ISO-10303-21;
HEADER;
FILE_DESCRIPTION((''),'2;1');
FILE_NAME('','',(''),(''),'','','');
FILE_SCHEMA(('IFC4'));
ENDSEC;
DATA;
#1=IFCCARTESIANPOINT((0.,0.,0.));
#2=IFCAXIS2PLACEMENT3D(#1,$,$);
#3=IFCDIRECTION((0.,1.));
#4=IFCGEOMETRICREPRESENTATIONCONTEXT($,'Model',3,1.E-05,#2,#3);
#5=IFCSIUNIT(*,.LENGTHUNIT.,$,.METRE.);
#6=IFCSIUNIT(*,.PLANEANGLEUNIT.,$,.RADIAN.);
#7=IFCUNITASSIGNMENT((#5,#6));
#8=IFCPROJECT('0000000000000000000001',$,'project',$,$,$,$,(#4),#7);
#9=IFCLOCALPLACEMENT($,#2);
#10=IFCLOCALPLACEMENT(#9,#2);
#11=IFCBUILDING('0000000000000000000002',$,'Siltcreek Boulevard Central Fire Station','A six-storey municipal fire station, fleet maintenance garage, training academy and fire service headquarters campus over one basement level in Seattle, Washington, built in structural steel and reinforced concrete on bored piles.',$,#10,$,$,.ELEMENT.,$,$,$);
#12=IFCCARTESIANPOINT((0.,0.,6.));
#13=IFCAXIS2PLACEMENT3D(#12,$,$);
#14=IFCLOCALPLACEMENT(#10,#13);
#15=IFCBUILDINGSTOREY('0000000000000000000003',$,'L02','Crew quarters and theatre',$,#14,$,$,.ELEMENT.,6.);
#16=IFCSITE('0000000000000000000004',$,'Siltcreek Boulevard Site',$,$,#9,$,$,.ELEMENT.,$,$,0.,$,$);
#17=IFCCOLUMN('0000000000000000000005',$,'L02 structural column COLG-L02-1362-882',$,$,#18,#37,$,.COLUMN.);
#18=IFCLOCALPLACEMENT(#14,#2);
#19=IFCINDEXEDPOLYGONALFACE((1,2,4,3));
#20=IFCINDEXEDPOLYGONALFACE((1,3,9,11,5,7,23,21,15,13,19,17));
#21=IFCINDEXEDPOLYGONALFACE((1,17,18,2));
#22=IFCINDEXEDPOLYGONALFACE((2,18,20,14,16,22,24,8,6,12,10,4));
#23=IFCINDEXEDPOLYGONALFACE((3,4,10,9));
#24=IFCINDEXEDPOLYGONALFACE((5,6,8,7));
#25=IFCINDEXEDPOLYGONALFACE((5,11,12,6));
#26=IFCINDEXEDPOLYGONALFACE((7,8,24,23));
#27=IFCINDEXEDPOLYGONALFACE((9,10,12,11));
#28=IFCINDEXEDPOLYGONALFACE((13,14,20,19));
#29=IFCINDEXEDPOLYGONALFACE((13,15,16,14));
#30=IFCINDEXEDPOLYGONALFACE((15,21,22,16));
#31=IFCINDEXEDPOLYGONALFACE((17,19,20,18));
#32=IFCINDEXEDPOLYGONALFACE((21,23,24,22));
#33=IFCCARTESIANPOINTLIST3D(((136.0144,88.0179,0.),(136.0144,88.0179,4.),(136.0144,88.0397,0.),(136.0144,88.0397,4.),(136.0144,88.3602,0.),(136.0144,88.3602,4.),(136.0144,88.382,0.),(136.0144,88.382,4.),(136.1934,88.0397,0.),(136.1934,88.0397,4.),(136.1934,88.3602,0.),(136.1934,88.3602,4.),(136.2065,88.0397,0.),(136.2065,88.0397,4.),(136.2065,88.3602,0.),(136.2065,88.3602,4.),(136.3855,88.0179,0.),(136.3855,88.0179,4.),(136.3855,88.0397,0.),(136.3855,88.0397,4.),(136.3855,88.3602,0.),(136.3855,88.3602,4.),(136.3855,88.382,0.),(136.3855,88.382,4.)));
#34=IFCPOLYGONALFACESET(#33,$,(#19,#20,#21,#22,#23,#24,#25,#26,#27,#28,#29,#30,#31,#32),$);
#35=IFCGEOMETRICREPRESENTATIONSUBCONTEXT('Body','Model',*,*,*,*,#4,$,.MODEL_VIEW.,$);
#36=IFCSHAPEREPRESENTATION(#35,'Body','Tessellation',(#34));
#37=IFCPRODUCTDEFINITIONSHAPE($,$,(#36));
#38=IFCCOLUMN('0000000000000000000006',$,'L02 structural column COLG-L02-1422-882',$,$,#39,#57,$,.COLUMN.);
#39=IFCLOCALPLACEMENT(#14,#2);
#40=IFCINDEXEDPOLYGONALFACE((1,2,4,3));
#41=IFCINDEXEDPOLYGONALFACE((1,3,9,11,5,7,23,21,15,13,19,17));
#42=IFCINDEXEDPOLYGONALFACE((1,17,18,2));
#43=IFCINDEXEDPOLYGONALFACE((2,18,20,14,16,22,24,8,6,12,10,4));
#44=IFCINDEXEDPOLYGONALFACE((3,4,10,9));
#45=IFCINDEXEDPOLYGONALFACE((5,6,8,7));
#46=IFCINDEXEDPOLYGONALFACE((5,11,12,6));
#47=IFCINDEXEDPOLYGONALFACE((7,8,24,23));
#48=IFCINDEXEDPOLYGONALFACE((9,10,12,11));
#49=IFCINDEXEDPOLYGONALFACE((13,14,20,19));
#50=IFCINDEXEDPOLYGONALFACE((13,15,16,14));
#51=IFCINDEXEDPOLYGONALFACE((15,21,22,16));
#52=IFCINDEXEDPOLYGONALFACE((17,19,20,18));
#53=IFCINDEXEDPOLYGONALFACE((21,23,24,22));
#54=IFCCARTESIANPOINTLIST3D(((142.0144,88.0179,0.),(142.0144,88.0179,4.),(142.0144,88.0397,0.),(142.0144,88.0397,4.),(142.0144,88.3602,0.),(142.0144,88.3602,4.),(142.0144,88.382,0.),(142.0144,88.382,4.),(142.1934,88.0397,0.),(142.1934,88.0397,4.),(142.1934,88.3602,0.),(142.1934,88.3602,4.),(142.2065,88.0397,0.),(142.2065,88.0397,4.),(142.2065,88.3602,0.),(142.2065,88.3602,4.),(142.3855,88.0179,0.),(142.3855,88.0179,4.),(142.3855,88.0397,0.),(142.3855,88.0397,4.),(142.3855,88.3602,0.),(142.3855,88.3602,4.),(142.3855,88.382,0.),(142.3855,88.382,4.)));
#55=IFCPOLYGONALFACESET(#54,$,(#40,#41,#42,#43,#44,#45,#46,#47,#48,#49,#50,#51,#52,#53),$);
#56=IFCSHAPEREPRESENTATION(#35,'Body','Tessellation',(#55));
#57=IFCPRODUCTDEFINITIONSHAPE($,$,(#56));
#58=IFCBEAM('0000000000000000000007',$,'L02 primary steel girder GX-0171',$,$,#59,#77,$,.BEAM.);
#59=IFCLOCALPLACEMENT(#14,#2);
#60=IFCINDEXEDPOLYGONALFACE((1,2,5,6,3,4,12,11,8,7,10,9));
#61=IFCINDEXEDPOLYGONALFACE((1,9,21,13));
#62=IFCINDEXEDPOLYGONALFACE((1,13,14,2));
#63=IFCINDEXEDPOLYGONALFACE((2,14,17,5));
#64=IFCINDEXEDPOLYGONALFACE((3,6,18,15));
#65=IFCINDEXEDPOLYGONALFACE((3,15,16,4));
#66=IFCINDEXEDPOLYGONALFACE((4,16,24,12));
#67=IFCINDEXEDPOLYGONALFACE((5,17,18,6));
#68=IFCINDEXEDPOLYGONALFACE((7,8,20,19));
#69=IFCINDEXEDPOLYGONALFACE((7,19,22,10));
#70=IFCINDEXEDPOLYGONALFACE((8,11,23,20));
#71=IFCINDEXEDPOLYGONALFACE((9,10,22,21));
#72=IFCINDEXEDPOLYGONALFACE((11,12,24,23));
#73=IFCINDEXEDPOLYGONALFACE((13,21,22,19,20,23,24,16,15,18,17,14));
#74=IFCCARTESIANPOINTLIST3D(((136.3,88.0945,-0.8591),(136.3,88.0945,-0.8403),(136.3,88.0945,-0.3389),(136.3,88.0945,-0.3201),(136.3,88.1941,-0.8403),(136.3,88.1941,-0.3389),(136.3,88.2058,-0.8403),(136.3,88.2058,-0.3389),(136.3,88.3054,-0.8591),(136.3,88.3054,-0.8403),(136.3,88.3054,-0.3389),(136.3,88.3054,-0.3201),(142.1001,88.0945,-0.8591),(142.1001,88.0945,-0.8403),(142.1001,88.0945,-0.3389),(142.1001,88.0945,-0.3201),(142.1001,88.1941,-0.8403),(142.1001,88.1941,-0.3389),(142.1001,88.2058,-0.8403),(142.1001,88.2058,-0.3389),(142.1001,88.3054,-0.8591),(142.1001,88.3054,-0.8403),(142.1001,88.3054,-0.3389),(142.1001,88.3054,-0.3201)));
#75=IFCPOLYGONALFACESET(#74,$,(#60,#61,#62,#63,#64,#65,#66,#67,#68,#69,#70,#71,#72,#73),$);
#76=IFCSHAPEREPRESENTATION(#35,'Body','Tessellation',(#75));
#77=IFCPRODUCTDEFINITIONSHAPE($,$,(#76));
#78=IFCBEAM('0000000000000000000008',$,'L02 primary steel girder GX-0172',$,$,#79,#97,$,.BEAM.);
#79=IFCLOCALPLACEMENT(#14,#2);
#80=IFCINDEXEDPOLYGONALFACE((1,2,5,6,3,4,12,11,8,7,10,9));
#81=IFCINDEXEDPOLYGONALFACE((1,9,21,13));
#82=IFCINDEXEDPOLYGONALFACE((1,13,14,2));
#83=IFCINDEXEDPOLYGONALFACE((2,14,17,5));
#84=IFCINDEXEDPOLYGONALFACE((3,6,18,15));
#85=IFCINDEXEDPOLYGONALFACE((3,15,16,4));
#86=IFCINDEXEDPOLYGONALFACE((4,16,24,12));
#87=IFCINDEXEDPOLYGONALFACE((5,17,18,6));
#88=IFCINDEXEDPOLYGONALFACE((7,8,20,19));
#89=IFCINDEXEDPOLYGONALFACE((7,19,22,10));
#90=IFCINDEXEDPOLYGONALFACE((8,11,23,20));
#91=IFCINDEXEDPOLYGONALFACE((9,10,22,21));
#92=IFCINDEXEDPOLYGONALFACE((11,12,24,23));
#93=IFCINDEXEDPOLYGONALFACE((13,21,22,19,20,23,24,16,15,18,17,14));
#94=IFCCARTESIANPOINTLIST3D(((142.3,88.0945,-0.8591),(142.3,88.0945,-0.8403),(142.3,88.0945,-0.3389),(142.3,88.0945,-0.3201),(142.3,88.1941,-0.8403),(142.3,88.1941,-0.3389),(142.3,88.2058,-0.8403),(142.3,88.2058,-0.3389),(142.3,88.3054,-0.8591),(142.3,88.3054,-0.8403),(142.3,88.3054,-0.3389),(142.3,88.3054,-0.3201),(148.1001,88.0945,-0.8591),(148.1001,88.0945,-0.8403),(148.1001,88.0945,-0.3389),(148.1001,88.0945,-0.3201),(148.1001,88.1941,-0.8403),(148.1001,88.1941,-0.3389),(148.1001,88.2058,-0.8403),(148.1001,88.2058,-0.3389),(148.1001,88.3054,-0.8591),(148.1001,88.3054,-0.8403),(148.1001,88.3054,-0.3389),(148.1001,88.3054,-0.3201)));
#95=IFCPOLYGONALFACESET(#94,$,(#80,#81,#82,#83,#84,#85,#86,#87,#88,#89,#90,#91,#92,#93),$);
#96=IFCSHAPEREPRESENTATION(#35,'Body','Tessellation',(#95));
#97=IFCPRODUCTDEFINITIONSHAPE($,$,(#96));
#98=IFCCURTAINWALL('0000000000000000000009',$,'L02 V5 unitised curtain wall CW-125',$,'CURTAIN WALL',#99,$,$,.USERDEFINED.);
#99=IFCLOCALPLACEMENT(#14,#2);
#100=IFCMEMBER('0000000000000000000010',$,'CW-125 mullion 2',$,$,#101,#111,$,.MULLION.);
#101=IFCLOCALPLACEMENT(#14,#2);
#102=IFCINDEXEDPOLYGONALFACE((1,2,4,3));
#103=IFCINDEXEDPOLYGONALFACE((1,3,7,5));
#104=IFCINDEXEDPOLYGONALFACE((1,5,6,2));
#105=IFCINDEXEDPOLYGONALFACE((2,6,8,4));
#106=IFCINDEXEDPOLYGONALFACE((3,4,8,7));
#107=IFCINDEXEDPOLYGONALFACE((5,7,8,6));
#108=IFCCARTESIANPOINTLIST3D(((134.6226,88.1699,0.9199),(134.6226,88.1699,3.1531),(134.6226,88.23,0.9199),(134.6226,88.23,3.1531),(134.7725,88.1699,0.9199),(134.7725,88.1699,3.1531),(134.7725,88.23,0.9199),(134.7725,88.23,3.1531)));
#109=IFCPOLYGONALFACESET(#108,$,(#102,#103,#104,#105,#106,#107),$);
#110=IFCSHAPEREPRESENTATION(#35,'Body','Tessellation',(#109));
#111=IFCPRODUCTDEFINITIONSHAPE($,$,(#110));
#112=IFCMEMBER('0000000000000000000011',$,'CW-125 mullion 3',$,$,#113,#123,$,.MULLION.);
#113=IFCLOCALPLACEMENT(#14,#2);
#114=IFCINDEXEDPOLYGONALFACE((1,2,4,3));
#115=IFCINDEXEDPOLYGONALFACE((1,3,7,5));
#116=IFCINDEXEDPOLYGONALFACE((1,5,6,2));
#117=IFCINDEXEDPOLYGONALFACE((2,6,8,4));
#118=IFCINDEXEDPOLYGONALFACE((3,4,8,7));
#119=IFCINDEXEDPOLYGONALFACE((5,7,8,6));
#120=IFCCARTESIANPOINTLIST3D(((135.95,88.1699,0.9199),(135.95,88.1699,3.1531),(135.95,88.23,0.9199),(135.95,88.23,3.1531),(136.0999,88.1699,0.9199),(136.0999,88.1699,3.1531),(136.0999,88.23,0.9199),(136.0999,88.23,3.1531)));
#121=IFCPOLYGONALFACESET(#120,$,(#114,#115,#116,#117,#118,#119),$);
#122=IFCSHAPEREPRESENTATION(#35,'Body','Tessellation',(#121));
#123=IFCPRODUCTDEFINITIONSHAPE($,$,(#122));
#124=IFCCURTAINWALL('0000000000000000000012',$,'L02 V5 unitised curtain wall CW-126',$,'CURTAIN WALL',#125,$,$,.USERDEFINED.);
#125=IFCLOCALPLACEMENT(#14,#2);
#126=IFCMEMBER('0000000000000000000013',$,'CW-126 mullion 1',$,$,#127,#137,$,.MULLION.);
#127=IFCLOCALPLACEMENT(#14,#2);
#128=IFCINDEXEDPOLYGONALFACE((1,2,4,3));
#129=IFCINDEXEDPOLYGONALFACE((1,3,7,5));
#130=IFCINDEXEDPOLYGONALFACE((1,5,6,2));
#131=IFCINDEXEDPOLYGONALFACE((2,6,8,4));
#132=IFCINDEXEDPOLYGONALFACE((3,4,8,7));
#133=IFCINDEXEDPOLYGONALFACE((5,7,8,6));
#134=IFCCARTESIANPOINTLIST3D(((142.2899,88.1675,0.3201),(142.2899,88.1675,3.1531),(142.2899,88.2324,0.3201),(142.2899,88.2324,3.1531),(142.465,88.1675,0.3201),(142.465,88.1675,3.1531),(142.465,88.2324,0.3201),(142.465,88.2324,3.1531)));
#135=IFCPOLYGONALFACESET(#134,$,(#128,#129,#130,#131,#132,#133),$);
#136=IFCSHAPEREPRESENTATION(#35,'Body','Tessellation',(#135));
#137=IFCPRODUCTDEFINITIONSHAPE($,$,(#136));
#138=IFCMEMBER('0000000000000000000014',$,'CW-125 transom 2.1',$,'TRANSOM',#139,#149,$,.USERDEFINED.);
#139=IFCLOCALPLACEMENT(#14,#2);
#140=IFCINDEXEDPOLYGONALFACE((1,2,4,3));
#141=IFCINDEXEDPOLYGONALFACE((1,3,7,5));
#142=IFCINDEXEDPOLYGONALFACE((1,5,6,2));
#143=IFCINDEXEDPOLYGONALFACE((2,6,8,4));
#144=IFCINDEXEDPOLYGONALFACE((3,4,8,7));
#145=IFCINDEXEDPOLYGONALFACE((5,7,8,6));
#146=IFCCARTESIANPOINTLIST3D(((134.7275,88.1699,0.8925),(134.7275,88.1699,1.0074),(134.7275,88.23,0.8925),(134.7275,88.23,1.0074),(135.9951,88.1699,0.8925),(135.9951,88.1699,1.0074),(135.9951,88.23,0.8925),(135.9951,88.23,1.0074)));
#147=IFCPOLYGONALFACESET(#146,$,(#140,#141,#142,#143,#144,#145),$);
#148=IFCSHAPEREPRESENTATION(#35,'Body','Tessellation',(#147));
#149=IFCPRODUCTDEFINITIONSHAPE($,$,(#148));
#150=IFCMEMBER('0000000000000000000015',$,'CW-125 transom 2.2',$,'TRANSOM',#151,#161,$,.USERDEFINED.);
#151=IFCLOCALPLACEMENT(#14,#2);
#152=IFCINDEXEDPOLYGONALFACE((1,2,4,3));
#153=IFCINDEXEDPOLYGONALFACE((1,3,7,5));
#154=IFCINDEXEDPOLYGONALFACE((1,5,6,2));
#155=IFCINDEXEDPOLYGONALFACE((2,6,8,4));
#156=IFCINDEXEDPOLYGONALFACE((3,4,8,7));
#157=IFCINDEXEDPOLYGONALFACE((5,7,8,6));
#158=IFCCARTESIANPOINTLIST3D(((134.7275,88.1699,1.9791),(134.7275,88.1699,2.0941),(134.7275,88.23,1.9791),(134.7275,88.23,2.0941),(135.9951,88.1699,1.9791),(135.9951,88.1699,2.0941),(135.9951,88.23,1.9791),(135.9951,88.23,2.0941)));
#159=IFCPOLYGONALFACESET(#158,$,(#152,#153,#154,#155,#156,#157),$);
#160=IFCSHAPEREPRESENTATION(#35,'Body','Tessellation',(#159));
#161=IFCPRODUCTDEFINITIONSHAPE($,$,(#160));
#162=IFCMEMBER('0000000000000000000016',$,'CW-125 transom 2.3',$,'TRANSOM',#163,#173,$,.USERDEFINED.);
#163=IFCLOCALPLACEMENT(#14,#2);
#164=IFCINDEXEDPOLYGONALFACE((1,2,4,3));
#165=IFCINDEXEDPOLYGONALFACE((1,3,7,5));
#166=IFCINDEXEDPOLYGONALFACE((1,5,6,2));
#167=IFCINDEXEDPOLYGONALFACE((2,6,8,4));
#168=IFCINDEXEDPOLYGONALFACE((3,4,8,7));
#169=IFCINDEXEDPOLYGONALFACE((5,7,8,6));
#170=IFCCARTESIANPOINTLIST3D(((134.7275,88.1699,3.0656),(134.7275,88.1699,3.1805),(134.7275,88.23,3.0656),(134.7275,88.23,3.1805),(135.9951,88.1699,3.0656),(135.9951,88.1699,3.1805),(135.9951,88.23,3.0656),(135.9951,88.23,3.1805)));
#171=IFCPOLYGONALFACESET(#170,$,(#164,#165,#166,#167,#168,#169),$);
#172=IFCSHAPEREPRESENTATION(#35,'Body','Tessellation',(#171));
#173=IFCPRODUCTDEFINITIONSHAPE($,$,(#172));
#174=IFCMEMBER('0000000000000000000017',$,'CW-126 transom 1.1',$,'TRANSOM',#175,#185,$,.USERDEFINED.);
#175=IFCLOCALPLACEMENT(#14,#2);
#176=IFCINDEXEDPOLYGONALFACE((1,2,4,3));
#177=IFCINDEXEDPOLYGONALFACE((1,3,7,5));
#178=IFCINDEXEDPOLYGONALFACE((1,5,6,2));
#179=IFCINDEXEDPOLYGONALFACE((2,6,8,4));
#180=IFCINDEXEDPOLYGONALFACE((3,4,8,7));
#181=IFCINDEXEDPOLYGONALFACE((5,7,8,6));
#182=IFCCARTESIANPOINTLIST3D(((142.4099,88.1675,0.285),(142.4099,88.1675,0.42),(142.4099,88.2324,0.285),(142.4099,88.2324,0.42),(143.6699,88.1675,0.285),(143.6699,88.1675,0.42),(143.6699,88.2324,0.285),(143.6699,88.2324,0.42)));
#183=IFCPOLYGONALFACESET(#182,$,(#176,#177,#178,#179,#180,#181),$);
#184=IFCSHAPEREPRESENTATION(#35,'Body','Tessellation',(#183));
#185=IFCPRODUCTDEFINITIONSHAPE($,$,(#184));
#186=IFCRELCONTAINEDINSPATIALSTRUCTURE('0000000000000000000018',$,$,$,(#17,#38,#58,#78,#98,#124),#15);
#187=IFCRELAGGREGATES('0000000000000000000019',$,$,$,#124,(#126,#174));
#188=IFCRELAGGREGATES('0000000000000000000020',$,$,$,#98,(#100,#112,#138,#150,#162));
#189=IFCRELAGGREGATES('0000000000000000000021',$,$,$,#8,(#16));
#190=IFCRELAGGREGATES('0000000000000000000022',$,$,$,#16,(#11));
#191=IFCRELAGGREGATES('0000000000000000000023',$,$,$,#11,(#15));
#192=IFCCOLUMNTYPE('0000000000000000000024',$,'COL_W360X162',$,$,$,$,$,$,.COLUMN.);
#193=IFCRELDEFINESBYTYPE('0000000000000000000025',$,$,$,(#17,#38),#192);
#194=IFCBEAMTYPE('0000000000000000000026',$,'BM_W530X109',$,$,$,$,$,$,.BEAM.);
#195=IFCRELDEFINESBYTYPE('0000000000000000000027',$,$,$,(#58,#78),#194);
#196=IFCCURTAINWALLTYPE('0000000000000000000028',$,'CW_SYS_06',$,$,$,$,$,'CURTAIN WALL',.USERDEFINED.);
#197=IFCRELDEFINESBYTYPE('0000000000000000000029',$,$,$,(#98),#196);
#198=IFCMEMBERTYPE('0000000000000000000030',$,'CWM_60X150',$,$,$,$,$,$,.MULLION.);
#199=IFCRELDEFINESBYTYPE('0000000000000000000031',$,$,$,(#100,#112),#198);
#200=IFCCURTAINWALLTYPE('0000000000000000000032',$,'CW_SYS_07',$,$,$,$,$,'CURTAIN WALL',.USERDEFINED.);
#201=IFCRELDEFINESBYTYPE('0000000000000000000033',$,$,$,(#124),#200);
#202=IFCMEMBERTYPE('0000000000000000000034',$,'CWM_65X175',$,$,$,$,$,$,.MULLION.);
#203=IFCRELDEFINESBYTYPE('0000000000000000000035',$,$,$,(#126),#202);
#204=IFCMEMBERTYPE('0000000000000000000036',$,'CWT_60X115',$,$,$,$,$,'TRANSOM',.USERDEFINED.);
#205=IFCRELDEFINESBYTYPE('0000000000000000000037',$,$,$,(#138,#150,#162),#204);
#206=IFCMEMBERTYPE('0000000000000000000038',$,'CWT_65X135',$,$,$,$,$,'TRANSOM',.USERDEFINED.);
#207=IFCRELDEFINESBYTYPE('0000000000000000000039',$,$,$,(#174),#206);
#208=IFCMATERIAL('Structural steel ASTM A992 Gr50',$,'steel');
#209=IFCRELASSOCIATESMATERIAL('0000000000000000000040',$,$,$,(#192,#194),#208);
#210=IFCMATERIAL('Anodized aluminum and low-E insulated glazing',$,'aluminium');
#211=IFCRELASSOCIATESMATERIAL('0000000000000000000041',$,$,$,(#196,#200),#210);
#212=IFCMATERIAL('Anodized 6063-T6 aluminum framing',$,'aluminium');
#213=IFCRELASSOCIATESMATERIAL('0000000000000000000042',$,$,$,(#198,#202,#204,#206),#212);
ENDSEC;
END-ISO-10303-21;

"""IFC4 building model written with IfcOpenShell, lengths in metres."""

from ifc_helpers import new_model, si_unit, direction, frame, origin, origin_2d, place, context, subcontext, project, spatial, rectangle, i_section, extrude, material, material_profile, profile_set, type_object, element, aggregate, save


model = new_model("IFC4")

# Units and contexts
model_context = context("Model", 3, precision=1e-05, world=origin(), true_north=direction((0.0, 1.0)))
body_context = subcontext(model_context, "Body", "Model", "MODEL_VIEW")
ifc_project = project(units=[si_unit("LENGTHUNIT", "METRE"), si_unit("PLANEANGLEUNIT", "RADIAN")], contexts=[model_context])

# Site, building, storey
site_placement = place(None, origin())
site = spatial("IfcSite", under=ifc_project, at=site_placement, Name="Siltcreek Boulevard Site", CompositionType="ELEMENT", RefElevation=0.0)
building_placement = place(site_placement, origin())
building = spatial("IfcBuilding", under=site, at=building_placement, Name="Siltcreek Boulevard Central Fire Station", Description="A six-storey municipal fire station, fleet maintenance garage, training academy and fire service headquarters campus over one basement level in Seattle, Washington, built in structural steel and reinforced concrete on bored piles.", CompositionType="ELEMENT")
storey_placement = place(building_placement, frame((0.0, 0.0, 6.0)))
storey = spatial("IfcBuildingStorey", under=building, at=storey_placement, Name="L02", Description="Crew quarters and theatre", CompositionType="ELEMENT", Elevation=6.0)

# Columns
ifc_material_1 = material(Name="Structural steel ASTM A992 Gr50", Category="steel")
ifc_material_profile_1 = material_profile(ifc_material_1, i_section(OverallWidth=0.3711, OverallDepth=0.364, WebThickness=0.0132, FlangeThickness=0.0217, at=origin_2d()), Name="W360X162")
ifc_profile_set_1 = profile_set([ifc_material_profile_1], Name="Structural steel ASTM A992 Gr50")
column_type = type_object("IfcColumnType", Name="COL_W360X162", PredefinedType="COLUMN", material=ifc_profile_set_1)
for number, where, z_axis, x_axis, name in (
    (1, (136.2, 88.2, 0.0), (0.0, 0.0, 1.0), (1.0, 0.0, 0.0), "L02 structural column COLG-L02-1362-882"),
    (2, (142.2, 88.2, 0.0), (0.0, 0.0, 1.0), (1.0, 0.0, 0.0), "L02 structural column COLG-L02-1422-882"),
):
    element("IfcColumn", number, at=place(storey_placement, frame(where, z_axis=z_axis, x_axis=x_axis)), inside=storey, type_object=column_type, Name=name, PredefinedType="COLUMN", context=body_context, shape_type="SweptSolid", body=[
        extrude(i_section(OverallWidth=0.3711, OverallDepth=0.364, WebThickness=0.0132, FlangeThickness=0.0217, at=origin_2d()), origin(), (0.0, 0.0, 1.0), 4.0),
    ])

# Beams
ifc_material_profile_2 = material_profile(ifc_material_1, i_section(OverallWidth=0.2109, OverallDepth=0.5391, WebThickness=0.0117, FlangeThickness=0.0188, at=origin_2d()), Name="W530X109")
ifc_profile_set_2 = profile_set([ifc_material_profile_2], Name="Structural steel ASTM A992 Gr50")
beam_type_1 = type_object("IfcBeamType", Name="BM_W530X109", PredefinedType="BEAM", material=ifc_profile_set_2)
for number, where, z_axis, x_axis, name in (
    (3, (136.3, 88.2, -0.5896), (1.0, 0.0, 0.0), (0.0, 1.0, 0.0), "L02 primary steel girder GX-0171"),
    (4, (142.3, 88.2, -0.5896), (1.0, 0.0, 0.0), (0.0, 1.0, 0.0), "L02 primary steel girder GX-0172"),
):
    element("IfcBeam", number, at=place(storey_placement, frame(where, z_axis=z_axis, x_axis=x_axis)), inside=storey, type_object=beam_type_1, Name=name, PredefinedType="BEAM", context=body_context, shape_type="SweptSolid", body=[
        extrude(i_section(OverallWidth=0.2109, OverallDepth=0.5391, WebThickness=0.0117, FlangeThickness=0.0188, at=origin_2d()), origin(), (0.0, 0.0, 1.0), 5.8),
    ])

# Curtain wall, members
ifc_material_2 = material(Name="Anodized aluminum and low-E insulated glazing", Category="aluminium")
curtain_wall_type_1 = type_object("IfcCurtainWallType", Name="CW_SYS_06", ElementType="CURTAIN WALL", PredefinedType="USERDEFINED", material=ifc_material_2)
curtain_wall_1_placement = place(storey_placement, origin())
curtain_wall_1 = element("IfcCurtainWall", 5, at=curtain_wall_1_placement, inside=storey, type_object=curtain_wall_type_1, Name="L02 V5 unitised curtain wall CW-125", ObjectType="CURTAIN WALL", PredefinedType="USERDEFINED")
ifc_material_3 = material(Name="Anodized 6063-T6 aluminum framing", Category="aluminium")
ifc_material_profile_3 = material_profile(ifc_material_3, rectangle(XDim=0.0601, YDim=0.1499, at=origin_2d()), Name="MULL60X150")
ifc_profile_set_3 = profile_set([ifc_material_profile_3], Name="Anodized 6063-T6 aluminum framing")
member_type_1 = type_object("IfcMemberType", Name="CWM_60X150", PredefinedType="MULLION", material=ifc_profile_set_3)
member_1_placement = place(storey_placement, frame((134.6975, 88.2, 0.9199), z_axis=(0.0, 0.0, 1.0), x_axis=(0.0, 1.0, 0.0)))
member_1 = element("IfcMember", 6, at=member_1_placement, type_object=member_type_1, Name="CW-125 mullion 2", PredefinedType="MULLION", context=body_context, shape_type="SweptSolid", body=[
    extrude(rectangle(XDim=0.0601, YDim=0.1499, at=origin_2d()), origin(), (0.0, 0.0, 1.0), 2.2332),
])
member_2_placement = place(storey_placement, frame((136.0249, 88.2, 0.9199), z_axis=(0.0, 0.0, 1.0), x_axis=(0.0, 1.0, 0.0)))
member_2 = element("IfcMember", 7, at=member_2_placement, type_object=member_type_1, Name="CW-125 mullion 3", PredefinedType="MULLION", context=body_context, shape_type="SweptSolid", body=[
    extrude(rectangle(XDim=0.0601, YDim=0.1499, at=origin_2d()), origin(), (0.0, 0.0, 1.0), 2.2332),
])

# Curtain wall, member
curtain_wall_type_2 = type_object("IfcCurtainWallType", Name="CW_SYS_07", ElementType="CURTAIN WALL", PredefinedType="USERDEFINED", material=ifc_material_2)
curtain_wall_2_placement = place(storey_placement, origin())
curtain_wall_2 = element("IfcCurtainWall", 8, at=curtain_wall_2_placement, inside=storey, type_object=curtain_wall_type_2, Name="L02 V5 unitised curtain wall CW-126", ObjectType="CURTAIN WALL", PredefinedType="USERDEFINED")
ifc_material_profile_4 = material_profile(ifc_material_3, rectangle(XDim=0.0649, YDim=0.175, at=origin_2d()), Name="MULL65X175")
ifc_profile_set_4 = profile_set([ifc_material_profile_4], Name="Anodized 6063-T6 aluminum framing")
member_type_2 = type_object("IfcMemberType", Name="CWM_65X175", PredefinedType="MULLION", material=ifc_profile_set_4)
member_3_placement = place(storey_placement, frame((142.3774, 88.2, 0.3201), z_axis=(0.0, 0.0, 1.0), x_axis=(0.0, 1.0, 0.0)))
member_3 = element("IfcMember", 9, at=member_3_placement, type_object=member_type_2, Name="CW-126 mullion 1", PredefinedType="MULLION", context=body_context, shape_type="SweptSolid", body=[
    extrude(rectangle(XDim=0.0649, YDim=0.175, at=origin_2d()), origin(), (0.0, 0.0, 1.0), 2.833),
])

# Members
ifc_material_profile_5 = material_profile(ifc_material_3, rectangle(XDim=0.0601, YDim=0.115, at=origin_2d()), Name="TRAN60X115")
ifc_profile_set_5 = profile_set([ifc_material_profile_5], Name="Anodized 6063-T6 aluminum framing")
member_type_3 = type_object("IfcMemberType", Name="CWT_60X115", ElementType="TRANSOM", PredefinedType="USERDEFINED", material=ifc_profile_set_5)
member_4_placement = place(storey_placement, frame((134.7275, 88.2, 0.95), z_axis=(1.0, 0.0, 0.0), x_axis=(0.0, 1.0, 0.0)))
member_4 = element("IfcMember", 10, at=member_4_placement, type_object=member_type_3, Name="CW-125 transom 2.1", ObjectType="TRANSOM", PredefinedType="USERDEFINED", context=body_context, shape_type="SweptSolid", body=[
    extrude(rectangle(XDim=0.0601, YDim=0.115, at=origin_2d()), origin(), (0.0, 0.0, 1.0), 1.2676),
])
member_5_placement = place(storey_placement, frame((134.7275, 88.2, 2.0366), z_axis=(1.0, 0.0, 0.0), x_axis=(0.0, 1.0, 0.0)))
member_5 = element("IfcMember", 11, at=member_5_placement, type_object=member_type_3, Name="CW-125 transom 2.2", ObjectType="TRANSOM", PredefinedType="USERDEFINED", context=body_context, shape_type="SweptSolid", body=[
    extrude(rectangle(XDim=0.0601, YDim=0.115, at=origin_2d()), origin(), (0.0, 0.0, 1.0), 1.2676),
])
member_6_placement = place(storey_placement, frame((134.7275, 88.2, 3.123), z_axis=(1.0, 0.0, 0.0), x_axis=(0.0, 1.0, 0.0)))
member_6 = element("IfcMember", 12, at=member_6_placement, type_object=member_type_3, Name="CW-125 transom 2.3", ObjectType="TRANSOM", PredefinedType="USERDEFINED", context=body_context, shape_type="SweptSolid", body=[
    extrude(rectangle(XDim=0.0601, YDim=0.115, at=origin_2d()), origin(), (0.0, 0.0, 1.0), 1.2676),
])
ifc_material_profile_6 = material_profile(ifc_material_3, rectangle(XDim=0.0649, YDim=0.135, at=origin_2d()), Name="TRAN65X135")
ifc_profile_set_6 = profile_set([ifc_material_profile_6], Name="Anodized 6063-T6 aluminum framing")
member_type_4 = type_object("IfcMemberType", Name="CWT_65X135", ElementType="TRANSOM", PredefinedType="USERDEFINED", material=ifc_profile_set_6)
member_7_placement = place(storey_placement, frame((142.4099, 88.2, 0.3525), z_axis=(1.0, 0.0, 0.0), x_axis=(0.0, 1.0, 0.0)))
member_7 = element("IfcMember", 13, at=member_7_placement, type_object=member_type_4, Name="CW-126 transom 1.1", ObjectType="TRANSOM", PredefinedType="USERDEFINED", context=body_context, shape_type="SweptSolid", body=[
    extrude(rectangle(XDim=0.0649, YDim=0.135, at=origin_2d()), origin(), (0.0, 0.0, 1.0), 1.26),
])
aggregate(curtain_wall_2, [member_3, member_7])

aggregate(curtain_wall_1, [member_1, member_2, member_4, member_5, member_6])

save(model, "model.ifc")
